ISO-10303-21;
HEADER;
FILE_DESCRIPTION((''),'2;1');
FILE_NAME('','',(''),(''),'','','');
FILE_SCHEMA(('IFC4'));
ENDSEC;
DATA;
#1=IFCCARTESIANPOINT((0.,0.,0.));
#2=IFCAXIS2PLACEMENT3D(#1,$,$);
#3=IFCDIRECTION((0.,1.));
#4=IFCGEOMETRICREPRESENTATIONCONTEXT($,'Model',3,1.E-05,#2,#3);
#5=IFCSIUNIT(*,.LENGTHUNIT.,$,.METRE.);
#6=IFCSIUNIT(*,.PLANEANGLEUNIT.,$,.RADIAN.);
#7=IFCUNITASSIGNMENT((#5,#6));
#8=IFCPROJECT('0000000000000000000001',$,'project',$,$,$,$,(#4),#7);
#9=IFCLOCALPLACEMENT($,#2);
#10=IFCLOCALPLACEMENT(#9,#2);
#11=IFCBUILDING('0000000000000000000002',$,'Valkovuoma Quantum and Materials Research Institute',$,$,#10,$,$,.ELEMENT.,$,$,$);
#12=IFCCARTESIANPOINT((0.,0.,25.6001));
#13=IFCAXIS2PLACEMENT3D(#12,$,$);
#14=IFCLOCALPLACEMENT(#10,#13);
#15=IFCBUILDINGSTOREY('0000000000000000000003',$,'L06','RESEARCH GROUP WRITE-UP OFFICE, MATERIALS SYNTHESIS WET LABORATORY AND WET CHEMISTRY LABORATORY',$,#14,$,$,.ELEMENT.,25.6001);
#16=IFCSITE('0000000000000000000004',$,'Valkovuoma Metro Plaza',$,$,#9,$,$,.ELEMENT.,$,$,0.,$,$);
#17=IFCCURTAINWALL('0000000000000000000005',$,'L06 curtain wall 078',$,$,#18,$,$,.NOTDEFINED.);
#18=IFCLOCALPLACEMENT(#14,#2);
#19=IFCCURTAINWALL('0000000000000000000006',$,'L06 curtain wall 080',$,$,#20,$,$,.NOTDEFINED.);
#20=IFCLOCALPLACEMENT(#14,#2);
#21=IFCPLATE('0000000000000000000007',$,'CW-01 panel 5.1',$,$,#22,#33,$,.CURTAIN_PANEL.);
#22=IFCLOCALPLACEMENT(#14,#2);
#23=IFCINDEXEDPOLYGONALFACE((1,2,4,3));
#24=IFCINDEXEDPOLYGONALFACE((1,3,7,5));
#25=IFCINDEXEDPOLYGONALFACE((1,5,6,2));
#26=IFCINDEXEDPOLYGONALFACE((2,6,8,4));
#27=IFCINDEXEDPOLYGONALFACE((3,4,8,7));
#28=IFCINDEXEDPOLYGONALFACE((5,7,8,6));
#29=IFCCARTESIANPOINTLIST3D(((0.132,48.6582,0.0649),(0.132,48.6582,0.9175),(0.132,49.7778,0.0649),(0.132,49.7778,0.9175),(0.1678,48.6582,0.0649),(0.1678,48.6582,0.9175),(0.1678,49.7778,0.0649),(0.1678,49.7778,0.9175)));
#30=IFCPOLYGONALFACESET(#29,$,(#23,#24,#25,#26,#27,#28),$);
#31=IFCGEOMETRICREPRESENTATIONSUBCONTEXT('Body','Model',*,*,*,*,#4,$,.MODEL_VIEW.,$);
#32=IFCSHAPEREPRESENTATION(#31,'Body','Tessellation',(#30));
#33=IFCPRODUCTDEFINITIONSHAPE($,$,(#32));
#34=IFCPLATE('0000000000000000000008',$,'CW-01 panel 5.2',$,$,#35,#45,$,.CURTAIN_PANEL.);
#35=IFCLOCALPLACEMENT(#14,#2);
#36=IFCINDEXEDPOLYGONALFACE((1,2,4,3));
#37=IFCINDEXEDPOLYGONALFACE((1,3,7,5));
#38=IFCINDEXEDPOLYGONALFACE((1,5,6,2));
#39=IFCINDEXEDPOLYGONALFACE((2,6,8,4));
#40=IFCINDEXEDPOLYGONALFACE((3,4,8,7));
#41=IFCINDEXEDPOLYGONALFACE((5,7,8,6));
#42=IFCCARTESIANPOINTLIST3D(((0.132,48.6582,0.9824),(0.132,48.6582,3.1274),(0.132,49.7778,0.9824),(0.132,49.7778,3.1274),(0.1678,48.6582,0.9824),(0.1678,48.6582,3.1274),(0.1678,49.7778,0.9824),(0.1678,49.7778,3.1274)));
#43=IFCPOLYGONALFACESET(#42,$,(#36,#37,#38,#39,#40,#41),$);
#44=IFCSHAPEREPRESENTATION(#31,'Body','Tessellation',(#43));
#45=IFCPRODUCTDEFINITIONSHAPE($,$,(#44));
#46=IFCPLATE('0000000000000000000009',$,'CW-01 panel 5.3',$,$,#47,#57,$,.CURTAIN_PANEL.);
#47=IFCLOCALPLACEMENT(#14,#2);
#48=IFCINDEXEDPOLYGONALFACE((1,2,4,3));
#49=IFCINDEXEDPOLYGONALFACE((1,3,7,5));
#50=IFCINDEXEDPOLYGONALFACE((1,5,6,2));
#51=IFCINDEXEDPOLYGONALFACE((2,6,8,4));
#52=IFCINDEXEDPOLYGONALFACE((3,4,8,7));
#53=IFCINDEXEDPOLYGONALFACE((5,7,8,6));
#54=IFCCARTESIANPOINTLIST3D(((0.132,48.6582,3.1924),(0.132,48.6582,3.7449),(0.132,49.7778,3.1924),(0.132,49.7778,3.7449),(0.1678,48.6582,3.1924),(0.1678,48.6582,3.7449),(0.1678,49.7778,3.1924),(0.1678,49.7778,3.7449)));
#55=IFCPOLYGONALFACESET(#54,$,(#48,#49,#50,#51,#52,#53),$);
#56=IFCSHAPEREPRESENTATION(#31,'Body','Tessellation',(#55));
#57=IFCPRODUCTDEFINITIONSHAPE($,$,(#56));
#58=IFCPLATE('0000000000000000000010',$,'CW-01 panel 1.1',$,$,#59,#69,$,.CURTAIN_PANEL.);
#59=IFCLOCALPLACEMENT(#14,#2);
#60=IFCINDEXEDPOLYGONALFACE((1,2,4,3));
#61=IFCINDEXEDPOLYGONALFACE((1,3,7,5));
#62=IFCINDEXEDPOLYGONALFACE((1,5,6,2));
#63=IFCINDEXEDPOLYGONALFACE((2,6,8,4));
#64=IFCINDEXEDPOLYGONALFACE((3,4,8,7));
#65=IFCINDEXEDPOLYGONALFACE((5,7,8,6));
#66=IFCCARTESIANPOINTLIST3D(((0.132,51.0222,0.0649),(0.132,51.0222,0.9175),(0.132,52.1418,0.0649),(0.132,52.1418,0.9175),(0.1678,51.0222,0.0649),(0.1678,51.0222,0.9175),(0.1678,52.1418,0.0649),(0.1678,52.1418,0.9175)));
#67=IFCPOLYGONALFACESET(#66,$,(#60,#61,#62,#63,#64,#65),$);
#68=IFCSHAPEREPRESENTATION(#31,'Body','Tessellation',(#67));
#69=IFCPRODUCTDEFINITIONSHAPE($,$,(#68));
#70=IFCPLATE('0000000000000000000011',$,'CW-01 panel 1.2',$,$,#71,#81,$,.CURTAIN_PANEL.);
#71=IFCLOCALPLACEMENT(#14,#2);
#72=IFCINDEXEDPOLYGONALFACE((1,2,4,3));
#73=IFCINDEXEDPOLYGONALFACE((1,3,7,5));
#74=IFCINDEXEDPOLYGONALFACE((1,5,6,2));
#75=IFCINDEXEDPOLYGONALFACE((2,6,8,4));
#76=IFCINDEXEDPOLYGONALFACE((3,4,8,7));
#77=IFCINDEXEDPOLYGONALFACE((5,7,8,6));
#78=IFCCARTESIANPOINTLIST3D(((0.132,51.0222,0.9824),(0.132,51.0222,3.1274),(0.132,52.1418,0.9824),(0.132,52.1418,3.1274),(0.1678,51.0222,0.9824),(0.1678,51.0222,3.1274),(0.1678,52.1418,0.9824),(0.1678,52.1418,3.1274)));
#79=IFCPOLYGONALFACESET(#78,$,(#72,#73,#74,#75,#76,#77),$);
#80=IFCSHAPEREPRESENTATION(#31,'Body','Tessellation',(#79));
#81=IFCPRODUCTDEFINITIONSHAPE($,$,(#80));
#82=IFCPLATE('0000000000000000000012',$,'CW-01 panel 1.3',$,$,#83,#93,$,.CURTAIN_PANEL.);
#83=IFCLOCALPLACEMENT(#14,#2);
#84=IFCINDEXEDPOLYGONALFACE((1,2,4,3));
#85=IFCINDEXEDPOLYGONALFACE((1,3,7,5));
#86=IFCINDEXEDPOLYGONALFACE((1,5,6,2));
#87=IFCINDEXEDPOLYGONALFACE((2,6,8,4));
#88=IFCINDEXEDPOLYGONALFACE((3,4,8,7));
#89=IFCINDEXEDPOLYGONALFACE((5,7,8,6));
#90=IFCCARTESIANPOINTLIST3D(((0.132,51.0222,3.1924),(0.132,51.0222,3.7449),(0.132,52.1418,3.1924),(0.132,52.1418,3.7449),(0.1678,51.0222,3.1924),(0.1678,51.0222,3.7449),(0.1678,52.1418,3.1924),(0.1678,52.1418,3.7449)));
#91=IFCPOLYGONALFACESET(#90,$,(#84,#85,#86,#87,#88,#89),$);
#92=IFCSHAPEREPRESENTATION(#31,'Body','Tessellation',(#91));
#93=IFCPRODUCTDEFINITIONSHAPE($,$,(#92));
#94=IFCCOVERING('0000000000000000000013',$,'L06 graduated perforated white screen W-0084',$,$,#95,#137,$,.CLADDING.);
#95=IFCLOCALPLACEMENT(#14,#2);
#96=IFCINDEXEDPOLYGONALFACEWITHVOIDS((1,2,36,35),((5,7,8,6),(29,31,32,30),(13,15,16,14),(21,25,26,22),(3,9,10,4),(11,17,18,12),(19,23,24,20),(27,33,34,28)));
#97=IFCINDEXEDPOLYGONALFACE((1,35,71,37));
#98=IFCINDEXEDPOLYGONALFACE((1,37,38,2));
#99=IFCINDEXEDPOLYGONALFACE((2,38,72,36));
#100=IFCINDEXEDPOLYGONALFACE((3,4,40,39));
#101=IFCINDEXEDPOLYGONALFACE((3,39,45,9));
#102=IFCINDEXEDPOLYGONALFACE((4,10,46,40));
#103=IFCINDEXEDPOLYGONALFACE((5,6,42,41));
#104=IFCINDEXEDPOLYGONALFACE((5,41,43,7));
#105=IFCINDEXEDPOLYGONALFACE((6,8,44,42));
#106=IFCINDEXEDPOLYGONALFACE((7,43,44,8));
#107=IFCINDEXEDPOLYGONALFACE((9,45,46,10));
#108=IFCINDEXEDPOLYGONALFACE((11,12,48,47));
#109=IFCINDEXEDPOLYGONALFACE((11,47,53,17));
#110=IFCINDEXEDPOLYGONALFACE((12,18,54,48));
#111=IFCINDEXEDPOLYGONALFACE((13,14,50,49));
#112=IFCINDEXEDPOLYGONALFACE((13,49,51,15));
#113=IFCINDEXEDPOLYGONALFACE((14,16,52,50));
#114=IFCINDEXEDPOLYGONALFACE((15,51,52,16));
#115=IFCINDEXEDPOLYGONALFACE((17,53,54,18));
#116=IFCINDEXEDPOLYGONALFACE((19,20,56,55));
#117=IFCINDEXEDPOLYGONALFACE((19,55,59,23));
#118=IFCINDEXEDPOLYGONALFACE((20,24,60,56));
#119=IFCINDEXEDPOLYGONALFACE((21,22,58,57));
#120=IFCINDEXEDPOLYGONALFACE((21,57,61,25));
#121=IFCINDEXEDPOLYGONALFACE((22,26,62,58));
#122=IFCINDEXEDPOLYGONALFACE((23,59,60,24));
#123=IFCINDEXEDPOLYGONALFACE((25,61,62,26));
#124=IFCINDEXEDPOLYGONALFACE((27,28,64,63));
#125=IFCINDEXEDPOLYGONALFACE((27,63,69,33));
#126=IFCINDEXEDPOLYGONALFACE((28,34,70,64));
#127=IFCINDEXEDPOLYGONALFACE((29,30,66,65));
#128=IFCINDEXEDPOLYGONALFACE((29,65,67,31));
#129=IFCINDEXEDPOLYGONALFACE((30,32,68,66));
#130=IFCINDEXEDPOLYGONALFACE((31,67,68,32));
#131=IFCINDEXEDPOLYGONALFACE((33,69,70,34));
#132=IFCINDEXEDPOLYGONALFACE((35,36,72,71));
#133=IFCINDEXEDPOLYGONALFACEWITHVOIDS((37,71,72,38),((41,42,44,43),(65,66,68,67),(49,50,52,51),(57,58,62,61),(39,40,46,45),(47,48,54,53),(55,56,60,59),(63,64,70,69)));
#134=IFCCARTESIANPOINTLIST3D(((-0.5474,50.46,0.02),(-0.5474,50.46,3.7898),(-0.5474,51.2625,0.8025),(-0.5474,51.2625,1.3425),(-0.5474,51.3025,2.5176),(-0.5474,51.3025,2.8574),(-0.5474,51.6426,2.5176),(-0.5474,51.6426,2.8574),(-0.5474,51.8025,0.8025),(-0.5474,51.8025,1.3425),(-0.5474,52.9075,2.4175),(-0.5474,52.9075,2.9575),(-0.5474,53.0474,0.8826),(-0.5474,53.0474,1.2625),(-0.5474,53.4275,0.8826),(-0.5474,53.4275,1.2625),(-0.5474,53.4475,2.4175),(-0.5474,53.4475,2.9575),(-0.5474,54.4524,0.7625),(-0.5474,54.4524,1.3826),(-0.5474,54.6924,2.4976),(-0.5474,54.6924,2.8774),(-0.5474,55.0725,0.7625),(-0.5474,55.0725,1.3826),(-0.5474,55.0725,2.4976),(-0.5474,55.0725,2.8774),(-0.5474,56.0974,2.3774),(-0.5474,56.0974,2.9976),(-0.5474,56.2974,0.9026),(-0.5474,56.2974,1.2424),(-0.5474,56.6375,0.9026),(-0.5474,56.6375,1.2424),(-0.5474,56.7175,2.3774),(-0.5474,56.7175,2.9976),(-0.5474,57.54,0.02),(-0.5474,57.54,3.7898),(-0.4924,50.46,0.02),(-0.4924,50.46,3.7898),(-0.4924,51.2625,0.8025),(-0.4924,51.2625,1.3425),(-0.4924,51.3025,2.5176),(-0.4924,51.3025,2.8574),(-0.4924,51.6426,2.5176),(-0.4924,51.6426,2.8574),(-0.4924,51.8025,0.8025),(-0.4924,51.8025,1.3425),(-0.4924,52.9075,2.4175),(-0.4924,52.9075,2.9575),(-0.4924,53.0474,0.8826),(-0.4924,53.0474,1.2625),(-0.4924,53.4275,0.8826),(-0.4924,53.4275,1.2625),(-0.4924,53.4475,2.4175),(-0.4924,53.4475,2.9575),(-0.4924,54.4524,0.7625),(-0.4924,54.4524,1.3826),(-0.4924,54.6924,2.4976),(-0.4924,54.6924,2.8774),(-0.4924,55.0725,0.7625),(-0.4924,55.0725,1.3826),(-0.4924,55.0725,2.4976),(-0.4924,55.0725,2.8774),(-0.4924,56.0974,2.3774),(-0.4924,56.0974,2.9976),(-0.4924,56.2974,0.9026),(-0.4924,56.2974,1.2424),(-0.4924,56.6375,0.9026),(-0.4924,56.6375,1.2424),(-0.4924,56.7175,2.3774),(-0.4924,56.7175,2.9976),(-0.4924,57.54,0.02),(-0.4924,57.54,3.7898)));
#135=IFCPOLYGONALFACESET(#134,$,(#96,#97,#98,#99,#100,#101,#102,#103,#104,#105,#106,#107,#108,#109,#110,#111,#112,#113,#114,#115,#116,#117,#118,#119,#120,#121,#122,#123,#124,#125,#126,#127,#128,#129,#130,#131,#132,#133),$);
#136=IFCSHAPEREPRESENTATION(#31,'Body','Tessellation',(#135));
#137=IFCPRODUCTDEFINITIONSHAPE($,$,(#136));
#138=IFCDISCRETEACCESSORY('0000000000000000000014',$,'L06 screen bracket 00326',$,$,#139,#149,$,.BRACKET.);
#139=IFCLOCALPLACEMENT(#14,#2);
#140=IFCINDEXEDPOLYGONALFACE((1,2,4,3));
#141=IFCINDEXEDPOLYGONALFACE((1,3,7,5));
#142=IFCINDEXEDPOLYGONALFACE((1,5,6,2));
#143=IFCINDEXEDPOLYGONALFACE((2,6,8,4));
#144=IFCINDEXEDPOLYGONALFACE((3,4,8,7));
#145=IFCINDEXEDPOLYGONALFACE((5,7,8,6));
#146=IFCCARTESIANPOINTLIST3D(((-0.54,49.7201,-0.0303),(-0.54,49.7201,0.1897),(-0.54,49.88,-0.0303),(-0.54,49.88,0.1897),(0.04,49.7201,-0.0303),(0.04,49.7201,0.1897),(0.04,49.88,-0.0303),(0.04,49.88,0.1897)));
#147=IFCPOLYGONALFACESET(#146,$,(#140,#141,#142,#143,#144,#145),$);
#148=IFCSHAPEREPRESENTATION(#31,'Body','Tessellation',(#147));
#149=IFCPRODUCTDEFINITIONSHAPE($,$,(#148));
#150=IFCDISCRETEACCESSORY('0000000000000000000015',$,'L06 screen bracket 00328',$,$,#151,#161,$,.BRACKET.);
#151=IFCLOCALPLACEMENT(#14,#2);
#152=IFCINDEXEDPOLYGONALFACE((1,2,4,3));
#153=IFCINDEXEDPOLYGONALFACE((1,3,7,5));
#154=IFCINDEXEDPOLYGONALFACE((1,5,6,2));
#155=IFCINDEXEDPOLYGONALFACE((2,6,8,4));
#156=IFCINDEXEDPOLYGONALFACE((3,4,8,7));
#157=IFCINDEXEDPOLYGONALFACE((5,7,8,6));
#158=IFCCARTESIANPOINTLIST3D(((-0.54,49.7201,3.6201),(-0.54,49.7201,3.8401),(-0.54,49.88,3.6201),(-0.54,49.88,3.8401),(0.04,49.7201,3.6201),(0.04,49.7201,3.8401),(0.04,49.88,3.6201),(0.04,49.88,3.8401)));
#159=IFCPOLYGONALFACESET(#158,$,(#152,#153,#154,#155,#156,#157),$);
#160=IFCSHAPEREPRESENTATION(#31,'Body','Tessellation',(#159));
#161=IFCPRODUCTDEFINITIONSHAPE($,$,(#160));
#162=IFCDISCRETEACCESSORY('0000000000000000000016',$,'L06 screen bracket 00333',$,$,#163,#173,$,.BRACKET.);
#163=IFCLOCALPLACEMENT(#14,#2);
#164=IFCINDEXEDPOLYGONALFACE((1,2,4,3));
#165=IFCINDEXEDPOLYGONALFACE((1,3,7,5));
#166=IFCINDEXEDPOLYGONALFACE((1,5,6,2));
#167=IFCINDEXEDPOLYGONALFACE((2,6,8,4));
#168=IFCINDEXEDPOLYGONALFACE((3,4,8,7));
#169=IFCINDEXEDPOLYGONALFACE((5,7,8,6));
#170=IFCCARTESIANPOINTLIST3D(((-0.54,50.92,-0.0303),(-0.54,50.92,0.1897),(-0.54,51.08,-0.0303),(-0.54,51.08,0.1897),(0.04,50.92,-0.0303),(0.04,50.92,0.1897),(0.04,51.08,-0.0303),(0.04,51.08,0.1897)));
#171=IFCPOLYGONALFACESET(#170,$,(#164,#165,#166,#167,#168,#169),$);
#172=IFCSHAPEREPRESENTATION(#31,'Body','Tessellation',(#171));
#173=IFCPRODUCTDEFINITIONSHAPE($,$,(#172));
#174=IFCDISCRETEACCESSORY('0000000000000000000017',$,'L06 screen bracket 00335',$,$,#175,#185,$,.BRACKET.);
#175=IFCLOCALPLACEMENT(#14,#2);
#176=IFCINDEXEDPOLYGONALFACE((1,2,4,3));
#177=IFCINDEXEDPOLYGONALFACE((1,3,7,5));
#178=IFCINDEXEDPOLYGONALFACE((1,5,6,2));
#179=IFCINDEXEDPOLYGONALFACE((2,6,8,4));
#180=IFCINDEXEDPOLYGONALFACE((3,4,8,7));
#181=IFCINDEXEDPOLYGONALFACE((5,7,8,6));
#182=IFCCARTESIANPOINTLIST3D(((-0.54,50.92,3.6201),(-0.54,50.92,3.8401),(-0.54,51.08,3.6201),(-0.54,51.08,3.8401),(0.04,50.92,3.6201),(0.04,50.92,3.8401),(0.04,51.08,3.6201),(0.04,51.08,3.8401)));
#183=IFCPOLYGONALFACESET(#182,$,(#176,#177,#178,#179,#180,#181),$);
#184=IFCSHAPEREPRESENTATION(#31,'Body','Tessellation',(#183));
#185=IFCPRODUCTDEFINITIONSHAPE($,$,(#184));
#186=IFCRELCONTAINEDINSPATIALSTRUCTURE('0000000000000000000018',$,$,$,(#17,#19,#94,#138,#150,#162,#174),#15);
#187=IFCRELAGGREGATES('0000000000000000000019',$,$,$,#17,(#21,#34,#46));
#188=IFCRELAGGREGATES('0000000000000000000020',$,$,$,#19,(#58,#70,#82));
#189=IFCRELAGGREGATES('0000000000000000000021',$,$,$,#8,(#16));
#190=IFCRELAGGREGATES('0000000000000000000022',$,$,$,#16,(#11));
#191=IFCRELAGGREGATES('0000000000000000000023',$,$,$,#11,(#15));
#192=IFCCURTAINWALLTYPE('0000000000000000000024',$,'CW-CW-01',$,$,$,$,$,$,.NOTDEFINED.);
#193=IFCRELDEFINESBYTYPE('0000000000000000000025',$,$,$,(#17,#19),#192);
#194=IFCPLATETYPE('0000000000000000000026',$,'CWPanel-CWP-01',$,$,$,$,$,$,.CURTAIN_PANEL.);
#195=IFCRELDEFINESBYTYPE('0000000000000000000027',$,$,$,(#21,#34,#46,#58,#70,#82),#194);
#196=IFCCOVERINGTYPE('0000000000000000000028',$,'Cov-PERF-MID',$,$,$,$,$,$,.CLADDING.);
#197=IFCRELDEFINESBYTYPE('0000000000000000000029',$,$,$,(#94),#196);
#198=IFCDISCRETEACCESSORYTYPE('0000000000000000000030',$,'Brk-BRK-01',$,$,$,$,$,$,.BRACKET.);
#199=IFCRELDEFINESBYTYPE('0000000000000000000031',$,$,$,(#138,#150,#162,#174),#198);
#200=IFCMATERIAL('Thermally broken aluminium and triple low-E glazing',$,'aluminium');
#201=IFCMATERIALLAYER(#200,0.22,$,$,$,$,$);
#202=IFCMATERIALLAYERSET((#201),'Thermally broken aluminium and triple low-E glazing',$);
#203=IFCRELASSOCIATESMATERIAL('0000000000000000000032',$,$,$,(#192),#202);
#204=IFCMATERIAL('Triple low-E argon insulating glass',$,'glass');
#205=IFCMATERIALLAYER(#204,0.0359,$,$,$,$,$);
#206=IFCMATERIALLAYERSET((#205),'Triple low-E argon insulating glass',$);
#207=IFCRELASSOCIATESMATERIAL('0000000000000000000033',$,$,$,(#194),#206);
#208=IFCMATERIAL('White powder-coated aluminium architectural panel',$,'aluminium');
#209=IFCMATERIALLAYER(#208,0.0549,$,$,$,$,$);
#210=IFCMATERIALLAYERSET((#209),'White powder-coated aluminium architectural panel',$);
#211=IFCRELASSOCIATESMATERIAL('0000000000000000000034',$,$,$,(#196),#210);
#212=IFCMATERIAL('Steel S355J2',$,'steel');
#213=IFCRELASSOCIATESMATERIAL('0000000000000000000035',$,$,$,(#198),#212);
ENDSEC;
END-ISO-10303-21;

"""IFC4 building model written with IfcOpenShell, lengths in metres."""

from ifc_helpers import new_model, si_unit, direction, frame, origin, origin_2d, place, context, subcontext, project, spatial, polyline, rectangle, outline, extrude, material, layer, layer_set, type_object, element, aggregate, save


model = new_model("IFC4")

# Units and contexts
model_context = context("Model", 3, precision=1e-05, world=origin(), true_north=direction((0.0, 1.0)))
body_context = subcontext(model_context, "Body", "Model", "MODEL_VIEW")
ifc_project = project(units=[si_unit("LENGTHUNIT", "METRE"), si_unit("PLANEANGLEUNIT", "RADIAN")], contexts=[model_context])

# Site, building, storey
site_placement = place(None, origin())
site = spatial("IfcSite", under=ifc_project, at=site_placement, Name="Valkovuoma Metro Plaza", CompositionType="ELEMENT", RefElevation=0.0)
building_placement = place(site_placement, origin())
building = spatial("IfcBuilding", under=site, at=building_placement, Name="Valkovuoma Quantum and Materials Research Institute", CompositionType="ELEMENT")
storey_placement = place(building_placement, frame((0.0, 0.0, 25.6001)))
storey = spatial("IfcBuildingStorey", under=building, at=storey_placement, Name="L06", Description="RESEARCH GROUP WRITE-UP OFFICE, MATERIALS SYNTHESIS WET LABORATORY AND WET CHEMISTRY LABORATORY", CompositionType="ELEMENT", Elevation=25.6001)

# Curtain wall
ifc_material_1 = material(Name="Thermally broken aluminium and triple low-E glazing", Category="aluminium")
ifc_layer_1 = layer(ifc_material_1, 0.22)
ifc_layer_set_1 = layer_set([ifc_layer_1], Name="Thermally broken aluminium and triple low-E glazing")
curtain_wall_type = type_object("IfcCurtainWallType", Name="CW-CW-01", PredefinedType="NOTDEFINED", material=ifc_layer_set_1)
curtain_wall_1_placement = place(storey_placement, origin())
curtain_wall_1 = element("IfcCurtainWall", 1, at=curtain_wall_1_placement, inside=storey, type_object=curtain_wall_type, Name="L06 curtain wall 078", PredefinedType="NOTDEFINED")

# Curtain wall
curtain_wall_2_placement = place(storey_placement, origin())
curtain_wall_2 = element("IfcCurtainWall", 2, at=curtain_wall_2_placement, inside=storey, type_object=curtain_wall_type, Name="L06 curtain wall 080", PredefinedType="NOTDEFINED")

# Plates
ifc_material_2 = material(Name="Triple low-E argon insulating glass", Category="glass")
ifc_layer_2 = layer(ifc_material_2, 0.0359)
ifc_layer_set_2 = layer_set([ifc_layer_2], Name="Triple low-E argon insulating glass")
plate_type = type_object("IfcPlateType", Name="CWPanel-CWP-01", PredefinedType="CURTAIN_PANEL", material=ifc_layer_set_2)
plate_1_placement = place(storey_placement, frame((0.1499, 49.218, 0.0649), z_axis=(0.0, 0.0, 1.0), x_axis=(0.0, 1.0, 0.0)))
plate_1 = element("IfcPlate", 3, at=plate_1_placement, type_object=plate_type, Name="CW-01 panel 5.1", PredefinedType="CURTAIN_PANEL", context=body_context, shape_type="SweptSolid", body=[
    extrude(rectangle(XDim=1.1196, YDim=0.0359, at=origin_2d()), origin(), (0.0, 0.0, 1.0), 0.8525),
])
plate_2_placement = place(storey_placement, frame((0.1499, 49.218, 0.9824), z_axis=(0.0, 0.0, 1.0), x_axis=(0.0, 1.0, 0.0)))
plate_2 = element("IfcPlate", 4, at=plate_2_placement, type_object=plate_type, Name="CW-01 panel 5.2", PredefinedType="CURTAIN_PANEL", context=body_context, shape_type="SweptSolid", body=[
    extrude(rectangle(XDim=1.1196, YDim=0.0359, at=origin_2d()), origin(), (0.0, 0.0, 1.0), 2.145),
])
plate_3_placement = place(storey_placement, frame((0.1499, 49.218, 3.1924), z_axis=(0.0, 0.0, 1.0), x_axis=(0.0, 1.0, 0.0)))
plate_3 = element("IfcPlate", 5, at=plate_3_placement, type_object=plate_type, Name="CW-01 panel 5.3", PredefinedType="CURTAIN_PANEL", context=body_context, shape_type="SweptSolid", body=[
    extrude(rectangle(XDim=1.1196, YDim=0.0359, at=origin_2d()), origin(), (0.0, 0.0, 1.0), 0.5525),
])
aggregate(curtain_wall_1, [plate_1, plate_2, plate_3])
plate_4_placement = place(storey_placement, frame((0.1499, 51.582, 0.0649), z_axis=(0.0, 0.0, 1.0), x_axis=(0.0, 1.0, 0.0)))
plate_4 = element("IfcPlate", 6, at=plate_4_placement, type_object=plate_type, Name="CW-01 panel 1.1", PredefinedType="CURTAIN_PANEL", context=body_context, shape_type="SweptSolid", body=[
    extrude(rectangle(XDim=1.1196, YDim=0.0359, at=origin_2d()), origin(), (0.0, 0.0, 1.0), 0.8525),
])
plate_5_placement = place(storey_placement, frame((0.1499, 51.582, 0.9824), z_axis=(0.0, 0.0, 1.0), x_axis=(0.0, 1.0, 0.0)))
plate_5 = element("IfcPlate", 7, at=plate_5_placement, type_object=plate_type, Name="CW-01 panel 1.2", PredefinedType="CURTAIN_PANEL", context=body_context, shape_type="SweptSolid", body=[
    extrude(rectangle(XDim=1.1196, YDim=0.0359, at=origin_2d()), origin(), (0.0, 0.0, 1.0), 2.145),
])
plate_6_placement = place(storey_placement, frame((0.1499, 51.582, 3.1924), z_axis=(0.0, 0.0, 1.0), x_axis=(0.0, 1.0, 0.0)))
plate_6 = element("IfcPlate", 8, at=plate_6_placement, type_object=plate_type, Name="CW-01 panel 1.3", PredefinedType="CURTAIN_PANEL", context=body_context, shape_type="SweptSolid", body=[
    extrude(rectangle(XDim=1.1196, YDim=0.0359, at=origin_2d()), origin(), (0.0, 0.0, 1.0), 0.5525),
])
aggregate(curtain_wall_2, [plate_4, plate_5, plate_6])

# Covering
ifc_material_3 = material(Name="White powder-coated aluminium architectural panel", Category="aluminium")
ifc_layer_3 = layer(ifc_material_3, 0.0549)
ifc_layer_set_3 = layer_set([ifc_layer_3], Name="White powder-coated aluminium architectural panel")
covering_type = type_object("IfcCoveringType", Name="Cov-PERF-MID", PredefinedType="CLADDING", material=ifc_layer_set_3)
covering_placement = place(storey_placement, frame((-0.52, 50.46, 0.02), z_axis=(0.0, 0.0, 1.0), x_axis=(0.0, 1.0, 0.0)))
element("IfcCovering", 9, at=covering_placement, inside=storey, type_object=covering_type, Name="L06 graduated perforated white screen W-0084", PredefinedType="CLADDING", context=body_context, shape_type="SweptSolid", body=[
    extrude(outline(polyline([(0.0, 0.0), (7.0801, 0.0), (7.0801, 3.7698), (0.0, 3.7698), (0.0, 0.0)]), holes=[polyline([(0.8025, 0.7825), (0.8025, 1.3225), (1.3425, 1.3225), (1.3425, 0.7825), (0.8025, 0.7825)]), polyline([(0.8425, 2.4976), (0.8425, 2.8374), (1.1826, 2.8374), (1.1826, 2.4976), (0.8425, 2.4976)]), polyline([(2.5874, 0.8625), (2.5874, 1.2424), (2.9675, 1.2424), (2.9675, 0.8625), (2.5874, 0.8625)]), polyline([(2.4475, 2.3975), (2.4475, 2.9375), (2.9875, 2.9375), (2.9875, 2.3975), (2.4475, 2.3975)]), polyline([(3.9924, 0.7424), (3.9924, 1.3625), (4.6125, 1.3625), (4.6125, 0.7424), (3.9924, 0.7424)]), polyline([(4.2324, 2.4775), (4.2324, 2.8574), (4.6125, 2.8574), (4.6125, 2.4775), (4.2324, 2.4775)]), polyline([(5.8374, 0.8826), (5.8374, 1.2224), (6.1775, 1.2224), (6.1775, 0.8826), (5.8374, 0.8826)]), polyline([(5.6375, 2.3574), (5.6375, 2.9775), (6.2576, 2.9775), (6.2576, 2.3574), (5.6375, 2.3574)])]), frame((0.0, 0.0273, 0.0), z_axis=(0.0, -1.0, 0.0), x_axis=(1.0, 0.0, 0.0)), (0.0, 0.0, 1.0), 0.0549),
])

# Discrete accessories
ifc_material_4 = material(Name="Steel S355J2", Category="steel")
discrete_accessory_type = type_object("IfcDiscreteAccessoryType", Name="Brk-BRK-01", PredefinedType="BRACKET", material=ifc_material_4)
for number, where, z_axis, x_axis, name in (
    (10, (-0.25, 49.8, -0.0303), (0.0, 0.0, 1.0), (1.0, 0.0, 0.0), "L06 screen bracket 00326"),
    (11, (-0.25, 49.8, 3.6201), (0.0, 0.0, 1.0), (1.0, 0.0, 0.0), "L06 screen bracket 00328"),
    (12, (-0.25, 51.0, -0.0303), (0.0, 0.0, 1.0), (1.0, 0.0, 0.0), "L06 screen bracket 00333"),
    (13, (-0.25, 51.0, 3.6201), (0.0, 0.0, 1.0), (1.0, 0.0, 0.0), "L06 screen bracket 00335"),
):
    element("IfcDiscreteAccessory", number, at=place(storey_placement, frame(where, z_axis=z_axis, x_axis=x_axis)), inside=storey, type_object=discrete_accessory_type, Name=name, PredefinedType="BRACKET", context=body_context, shape_type="SweptSolid", body=[
        extrude(rectangle(XDim=0.5801, YDim=0.1599, at=origin_2d()), origin(), (0.0, 0.0, 1.0), 0.22),
    ])

save(model, "model.ifc")
